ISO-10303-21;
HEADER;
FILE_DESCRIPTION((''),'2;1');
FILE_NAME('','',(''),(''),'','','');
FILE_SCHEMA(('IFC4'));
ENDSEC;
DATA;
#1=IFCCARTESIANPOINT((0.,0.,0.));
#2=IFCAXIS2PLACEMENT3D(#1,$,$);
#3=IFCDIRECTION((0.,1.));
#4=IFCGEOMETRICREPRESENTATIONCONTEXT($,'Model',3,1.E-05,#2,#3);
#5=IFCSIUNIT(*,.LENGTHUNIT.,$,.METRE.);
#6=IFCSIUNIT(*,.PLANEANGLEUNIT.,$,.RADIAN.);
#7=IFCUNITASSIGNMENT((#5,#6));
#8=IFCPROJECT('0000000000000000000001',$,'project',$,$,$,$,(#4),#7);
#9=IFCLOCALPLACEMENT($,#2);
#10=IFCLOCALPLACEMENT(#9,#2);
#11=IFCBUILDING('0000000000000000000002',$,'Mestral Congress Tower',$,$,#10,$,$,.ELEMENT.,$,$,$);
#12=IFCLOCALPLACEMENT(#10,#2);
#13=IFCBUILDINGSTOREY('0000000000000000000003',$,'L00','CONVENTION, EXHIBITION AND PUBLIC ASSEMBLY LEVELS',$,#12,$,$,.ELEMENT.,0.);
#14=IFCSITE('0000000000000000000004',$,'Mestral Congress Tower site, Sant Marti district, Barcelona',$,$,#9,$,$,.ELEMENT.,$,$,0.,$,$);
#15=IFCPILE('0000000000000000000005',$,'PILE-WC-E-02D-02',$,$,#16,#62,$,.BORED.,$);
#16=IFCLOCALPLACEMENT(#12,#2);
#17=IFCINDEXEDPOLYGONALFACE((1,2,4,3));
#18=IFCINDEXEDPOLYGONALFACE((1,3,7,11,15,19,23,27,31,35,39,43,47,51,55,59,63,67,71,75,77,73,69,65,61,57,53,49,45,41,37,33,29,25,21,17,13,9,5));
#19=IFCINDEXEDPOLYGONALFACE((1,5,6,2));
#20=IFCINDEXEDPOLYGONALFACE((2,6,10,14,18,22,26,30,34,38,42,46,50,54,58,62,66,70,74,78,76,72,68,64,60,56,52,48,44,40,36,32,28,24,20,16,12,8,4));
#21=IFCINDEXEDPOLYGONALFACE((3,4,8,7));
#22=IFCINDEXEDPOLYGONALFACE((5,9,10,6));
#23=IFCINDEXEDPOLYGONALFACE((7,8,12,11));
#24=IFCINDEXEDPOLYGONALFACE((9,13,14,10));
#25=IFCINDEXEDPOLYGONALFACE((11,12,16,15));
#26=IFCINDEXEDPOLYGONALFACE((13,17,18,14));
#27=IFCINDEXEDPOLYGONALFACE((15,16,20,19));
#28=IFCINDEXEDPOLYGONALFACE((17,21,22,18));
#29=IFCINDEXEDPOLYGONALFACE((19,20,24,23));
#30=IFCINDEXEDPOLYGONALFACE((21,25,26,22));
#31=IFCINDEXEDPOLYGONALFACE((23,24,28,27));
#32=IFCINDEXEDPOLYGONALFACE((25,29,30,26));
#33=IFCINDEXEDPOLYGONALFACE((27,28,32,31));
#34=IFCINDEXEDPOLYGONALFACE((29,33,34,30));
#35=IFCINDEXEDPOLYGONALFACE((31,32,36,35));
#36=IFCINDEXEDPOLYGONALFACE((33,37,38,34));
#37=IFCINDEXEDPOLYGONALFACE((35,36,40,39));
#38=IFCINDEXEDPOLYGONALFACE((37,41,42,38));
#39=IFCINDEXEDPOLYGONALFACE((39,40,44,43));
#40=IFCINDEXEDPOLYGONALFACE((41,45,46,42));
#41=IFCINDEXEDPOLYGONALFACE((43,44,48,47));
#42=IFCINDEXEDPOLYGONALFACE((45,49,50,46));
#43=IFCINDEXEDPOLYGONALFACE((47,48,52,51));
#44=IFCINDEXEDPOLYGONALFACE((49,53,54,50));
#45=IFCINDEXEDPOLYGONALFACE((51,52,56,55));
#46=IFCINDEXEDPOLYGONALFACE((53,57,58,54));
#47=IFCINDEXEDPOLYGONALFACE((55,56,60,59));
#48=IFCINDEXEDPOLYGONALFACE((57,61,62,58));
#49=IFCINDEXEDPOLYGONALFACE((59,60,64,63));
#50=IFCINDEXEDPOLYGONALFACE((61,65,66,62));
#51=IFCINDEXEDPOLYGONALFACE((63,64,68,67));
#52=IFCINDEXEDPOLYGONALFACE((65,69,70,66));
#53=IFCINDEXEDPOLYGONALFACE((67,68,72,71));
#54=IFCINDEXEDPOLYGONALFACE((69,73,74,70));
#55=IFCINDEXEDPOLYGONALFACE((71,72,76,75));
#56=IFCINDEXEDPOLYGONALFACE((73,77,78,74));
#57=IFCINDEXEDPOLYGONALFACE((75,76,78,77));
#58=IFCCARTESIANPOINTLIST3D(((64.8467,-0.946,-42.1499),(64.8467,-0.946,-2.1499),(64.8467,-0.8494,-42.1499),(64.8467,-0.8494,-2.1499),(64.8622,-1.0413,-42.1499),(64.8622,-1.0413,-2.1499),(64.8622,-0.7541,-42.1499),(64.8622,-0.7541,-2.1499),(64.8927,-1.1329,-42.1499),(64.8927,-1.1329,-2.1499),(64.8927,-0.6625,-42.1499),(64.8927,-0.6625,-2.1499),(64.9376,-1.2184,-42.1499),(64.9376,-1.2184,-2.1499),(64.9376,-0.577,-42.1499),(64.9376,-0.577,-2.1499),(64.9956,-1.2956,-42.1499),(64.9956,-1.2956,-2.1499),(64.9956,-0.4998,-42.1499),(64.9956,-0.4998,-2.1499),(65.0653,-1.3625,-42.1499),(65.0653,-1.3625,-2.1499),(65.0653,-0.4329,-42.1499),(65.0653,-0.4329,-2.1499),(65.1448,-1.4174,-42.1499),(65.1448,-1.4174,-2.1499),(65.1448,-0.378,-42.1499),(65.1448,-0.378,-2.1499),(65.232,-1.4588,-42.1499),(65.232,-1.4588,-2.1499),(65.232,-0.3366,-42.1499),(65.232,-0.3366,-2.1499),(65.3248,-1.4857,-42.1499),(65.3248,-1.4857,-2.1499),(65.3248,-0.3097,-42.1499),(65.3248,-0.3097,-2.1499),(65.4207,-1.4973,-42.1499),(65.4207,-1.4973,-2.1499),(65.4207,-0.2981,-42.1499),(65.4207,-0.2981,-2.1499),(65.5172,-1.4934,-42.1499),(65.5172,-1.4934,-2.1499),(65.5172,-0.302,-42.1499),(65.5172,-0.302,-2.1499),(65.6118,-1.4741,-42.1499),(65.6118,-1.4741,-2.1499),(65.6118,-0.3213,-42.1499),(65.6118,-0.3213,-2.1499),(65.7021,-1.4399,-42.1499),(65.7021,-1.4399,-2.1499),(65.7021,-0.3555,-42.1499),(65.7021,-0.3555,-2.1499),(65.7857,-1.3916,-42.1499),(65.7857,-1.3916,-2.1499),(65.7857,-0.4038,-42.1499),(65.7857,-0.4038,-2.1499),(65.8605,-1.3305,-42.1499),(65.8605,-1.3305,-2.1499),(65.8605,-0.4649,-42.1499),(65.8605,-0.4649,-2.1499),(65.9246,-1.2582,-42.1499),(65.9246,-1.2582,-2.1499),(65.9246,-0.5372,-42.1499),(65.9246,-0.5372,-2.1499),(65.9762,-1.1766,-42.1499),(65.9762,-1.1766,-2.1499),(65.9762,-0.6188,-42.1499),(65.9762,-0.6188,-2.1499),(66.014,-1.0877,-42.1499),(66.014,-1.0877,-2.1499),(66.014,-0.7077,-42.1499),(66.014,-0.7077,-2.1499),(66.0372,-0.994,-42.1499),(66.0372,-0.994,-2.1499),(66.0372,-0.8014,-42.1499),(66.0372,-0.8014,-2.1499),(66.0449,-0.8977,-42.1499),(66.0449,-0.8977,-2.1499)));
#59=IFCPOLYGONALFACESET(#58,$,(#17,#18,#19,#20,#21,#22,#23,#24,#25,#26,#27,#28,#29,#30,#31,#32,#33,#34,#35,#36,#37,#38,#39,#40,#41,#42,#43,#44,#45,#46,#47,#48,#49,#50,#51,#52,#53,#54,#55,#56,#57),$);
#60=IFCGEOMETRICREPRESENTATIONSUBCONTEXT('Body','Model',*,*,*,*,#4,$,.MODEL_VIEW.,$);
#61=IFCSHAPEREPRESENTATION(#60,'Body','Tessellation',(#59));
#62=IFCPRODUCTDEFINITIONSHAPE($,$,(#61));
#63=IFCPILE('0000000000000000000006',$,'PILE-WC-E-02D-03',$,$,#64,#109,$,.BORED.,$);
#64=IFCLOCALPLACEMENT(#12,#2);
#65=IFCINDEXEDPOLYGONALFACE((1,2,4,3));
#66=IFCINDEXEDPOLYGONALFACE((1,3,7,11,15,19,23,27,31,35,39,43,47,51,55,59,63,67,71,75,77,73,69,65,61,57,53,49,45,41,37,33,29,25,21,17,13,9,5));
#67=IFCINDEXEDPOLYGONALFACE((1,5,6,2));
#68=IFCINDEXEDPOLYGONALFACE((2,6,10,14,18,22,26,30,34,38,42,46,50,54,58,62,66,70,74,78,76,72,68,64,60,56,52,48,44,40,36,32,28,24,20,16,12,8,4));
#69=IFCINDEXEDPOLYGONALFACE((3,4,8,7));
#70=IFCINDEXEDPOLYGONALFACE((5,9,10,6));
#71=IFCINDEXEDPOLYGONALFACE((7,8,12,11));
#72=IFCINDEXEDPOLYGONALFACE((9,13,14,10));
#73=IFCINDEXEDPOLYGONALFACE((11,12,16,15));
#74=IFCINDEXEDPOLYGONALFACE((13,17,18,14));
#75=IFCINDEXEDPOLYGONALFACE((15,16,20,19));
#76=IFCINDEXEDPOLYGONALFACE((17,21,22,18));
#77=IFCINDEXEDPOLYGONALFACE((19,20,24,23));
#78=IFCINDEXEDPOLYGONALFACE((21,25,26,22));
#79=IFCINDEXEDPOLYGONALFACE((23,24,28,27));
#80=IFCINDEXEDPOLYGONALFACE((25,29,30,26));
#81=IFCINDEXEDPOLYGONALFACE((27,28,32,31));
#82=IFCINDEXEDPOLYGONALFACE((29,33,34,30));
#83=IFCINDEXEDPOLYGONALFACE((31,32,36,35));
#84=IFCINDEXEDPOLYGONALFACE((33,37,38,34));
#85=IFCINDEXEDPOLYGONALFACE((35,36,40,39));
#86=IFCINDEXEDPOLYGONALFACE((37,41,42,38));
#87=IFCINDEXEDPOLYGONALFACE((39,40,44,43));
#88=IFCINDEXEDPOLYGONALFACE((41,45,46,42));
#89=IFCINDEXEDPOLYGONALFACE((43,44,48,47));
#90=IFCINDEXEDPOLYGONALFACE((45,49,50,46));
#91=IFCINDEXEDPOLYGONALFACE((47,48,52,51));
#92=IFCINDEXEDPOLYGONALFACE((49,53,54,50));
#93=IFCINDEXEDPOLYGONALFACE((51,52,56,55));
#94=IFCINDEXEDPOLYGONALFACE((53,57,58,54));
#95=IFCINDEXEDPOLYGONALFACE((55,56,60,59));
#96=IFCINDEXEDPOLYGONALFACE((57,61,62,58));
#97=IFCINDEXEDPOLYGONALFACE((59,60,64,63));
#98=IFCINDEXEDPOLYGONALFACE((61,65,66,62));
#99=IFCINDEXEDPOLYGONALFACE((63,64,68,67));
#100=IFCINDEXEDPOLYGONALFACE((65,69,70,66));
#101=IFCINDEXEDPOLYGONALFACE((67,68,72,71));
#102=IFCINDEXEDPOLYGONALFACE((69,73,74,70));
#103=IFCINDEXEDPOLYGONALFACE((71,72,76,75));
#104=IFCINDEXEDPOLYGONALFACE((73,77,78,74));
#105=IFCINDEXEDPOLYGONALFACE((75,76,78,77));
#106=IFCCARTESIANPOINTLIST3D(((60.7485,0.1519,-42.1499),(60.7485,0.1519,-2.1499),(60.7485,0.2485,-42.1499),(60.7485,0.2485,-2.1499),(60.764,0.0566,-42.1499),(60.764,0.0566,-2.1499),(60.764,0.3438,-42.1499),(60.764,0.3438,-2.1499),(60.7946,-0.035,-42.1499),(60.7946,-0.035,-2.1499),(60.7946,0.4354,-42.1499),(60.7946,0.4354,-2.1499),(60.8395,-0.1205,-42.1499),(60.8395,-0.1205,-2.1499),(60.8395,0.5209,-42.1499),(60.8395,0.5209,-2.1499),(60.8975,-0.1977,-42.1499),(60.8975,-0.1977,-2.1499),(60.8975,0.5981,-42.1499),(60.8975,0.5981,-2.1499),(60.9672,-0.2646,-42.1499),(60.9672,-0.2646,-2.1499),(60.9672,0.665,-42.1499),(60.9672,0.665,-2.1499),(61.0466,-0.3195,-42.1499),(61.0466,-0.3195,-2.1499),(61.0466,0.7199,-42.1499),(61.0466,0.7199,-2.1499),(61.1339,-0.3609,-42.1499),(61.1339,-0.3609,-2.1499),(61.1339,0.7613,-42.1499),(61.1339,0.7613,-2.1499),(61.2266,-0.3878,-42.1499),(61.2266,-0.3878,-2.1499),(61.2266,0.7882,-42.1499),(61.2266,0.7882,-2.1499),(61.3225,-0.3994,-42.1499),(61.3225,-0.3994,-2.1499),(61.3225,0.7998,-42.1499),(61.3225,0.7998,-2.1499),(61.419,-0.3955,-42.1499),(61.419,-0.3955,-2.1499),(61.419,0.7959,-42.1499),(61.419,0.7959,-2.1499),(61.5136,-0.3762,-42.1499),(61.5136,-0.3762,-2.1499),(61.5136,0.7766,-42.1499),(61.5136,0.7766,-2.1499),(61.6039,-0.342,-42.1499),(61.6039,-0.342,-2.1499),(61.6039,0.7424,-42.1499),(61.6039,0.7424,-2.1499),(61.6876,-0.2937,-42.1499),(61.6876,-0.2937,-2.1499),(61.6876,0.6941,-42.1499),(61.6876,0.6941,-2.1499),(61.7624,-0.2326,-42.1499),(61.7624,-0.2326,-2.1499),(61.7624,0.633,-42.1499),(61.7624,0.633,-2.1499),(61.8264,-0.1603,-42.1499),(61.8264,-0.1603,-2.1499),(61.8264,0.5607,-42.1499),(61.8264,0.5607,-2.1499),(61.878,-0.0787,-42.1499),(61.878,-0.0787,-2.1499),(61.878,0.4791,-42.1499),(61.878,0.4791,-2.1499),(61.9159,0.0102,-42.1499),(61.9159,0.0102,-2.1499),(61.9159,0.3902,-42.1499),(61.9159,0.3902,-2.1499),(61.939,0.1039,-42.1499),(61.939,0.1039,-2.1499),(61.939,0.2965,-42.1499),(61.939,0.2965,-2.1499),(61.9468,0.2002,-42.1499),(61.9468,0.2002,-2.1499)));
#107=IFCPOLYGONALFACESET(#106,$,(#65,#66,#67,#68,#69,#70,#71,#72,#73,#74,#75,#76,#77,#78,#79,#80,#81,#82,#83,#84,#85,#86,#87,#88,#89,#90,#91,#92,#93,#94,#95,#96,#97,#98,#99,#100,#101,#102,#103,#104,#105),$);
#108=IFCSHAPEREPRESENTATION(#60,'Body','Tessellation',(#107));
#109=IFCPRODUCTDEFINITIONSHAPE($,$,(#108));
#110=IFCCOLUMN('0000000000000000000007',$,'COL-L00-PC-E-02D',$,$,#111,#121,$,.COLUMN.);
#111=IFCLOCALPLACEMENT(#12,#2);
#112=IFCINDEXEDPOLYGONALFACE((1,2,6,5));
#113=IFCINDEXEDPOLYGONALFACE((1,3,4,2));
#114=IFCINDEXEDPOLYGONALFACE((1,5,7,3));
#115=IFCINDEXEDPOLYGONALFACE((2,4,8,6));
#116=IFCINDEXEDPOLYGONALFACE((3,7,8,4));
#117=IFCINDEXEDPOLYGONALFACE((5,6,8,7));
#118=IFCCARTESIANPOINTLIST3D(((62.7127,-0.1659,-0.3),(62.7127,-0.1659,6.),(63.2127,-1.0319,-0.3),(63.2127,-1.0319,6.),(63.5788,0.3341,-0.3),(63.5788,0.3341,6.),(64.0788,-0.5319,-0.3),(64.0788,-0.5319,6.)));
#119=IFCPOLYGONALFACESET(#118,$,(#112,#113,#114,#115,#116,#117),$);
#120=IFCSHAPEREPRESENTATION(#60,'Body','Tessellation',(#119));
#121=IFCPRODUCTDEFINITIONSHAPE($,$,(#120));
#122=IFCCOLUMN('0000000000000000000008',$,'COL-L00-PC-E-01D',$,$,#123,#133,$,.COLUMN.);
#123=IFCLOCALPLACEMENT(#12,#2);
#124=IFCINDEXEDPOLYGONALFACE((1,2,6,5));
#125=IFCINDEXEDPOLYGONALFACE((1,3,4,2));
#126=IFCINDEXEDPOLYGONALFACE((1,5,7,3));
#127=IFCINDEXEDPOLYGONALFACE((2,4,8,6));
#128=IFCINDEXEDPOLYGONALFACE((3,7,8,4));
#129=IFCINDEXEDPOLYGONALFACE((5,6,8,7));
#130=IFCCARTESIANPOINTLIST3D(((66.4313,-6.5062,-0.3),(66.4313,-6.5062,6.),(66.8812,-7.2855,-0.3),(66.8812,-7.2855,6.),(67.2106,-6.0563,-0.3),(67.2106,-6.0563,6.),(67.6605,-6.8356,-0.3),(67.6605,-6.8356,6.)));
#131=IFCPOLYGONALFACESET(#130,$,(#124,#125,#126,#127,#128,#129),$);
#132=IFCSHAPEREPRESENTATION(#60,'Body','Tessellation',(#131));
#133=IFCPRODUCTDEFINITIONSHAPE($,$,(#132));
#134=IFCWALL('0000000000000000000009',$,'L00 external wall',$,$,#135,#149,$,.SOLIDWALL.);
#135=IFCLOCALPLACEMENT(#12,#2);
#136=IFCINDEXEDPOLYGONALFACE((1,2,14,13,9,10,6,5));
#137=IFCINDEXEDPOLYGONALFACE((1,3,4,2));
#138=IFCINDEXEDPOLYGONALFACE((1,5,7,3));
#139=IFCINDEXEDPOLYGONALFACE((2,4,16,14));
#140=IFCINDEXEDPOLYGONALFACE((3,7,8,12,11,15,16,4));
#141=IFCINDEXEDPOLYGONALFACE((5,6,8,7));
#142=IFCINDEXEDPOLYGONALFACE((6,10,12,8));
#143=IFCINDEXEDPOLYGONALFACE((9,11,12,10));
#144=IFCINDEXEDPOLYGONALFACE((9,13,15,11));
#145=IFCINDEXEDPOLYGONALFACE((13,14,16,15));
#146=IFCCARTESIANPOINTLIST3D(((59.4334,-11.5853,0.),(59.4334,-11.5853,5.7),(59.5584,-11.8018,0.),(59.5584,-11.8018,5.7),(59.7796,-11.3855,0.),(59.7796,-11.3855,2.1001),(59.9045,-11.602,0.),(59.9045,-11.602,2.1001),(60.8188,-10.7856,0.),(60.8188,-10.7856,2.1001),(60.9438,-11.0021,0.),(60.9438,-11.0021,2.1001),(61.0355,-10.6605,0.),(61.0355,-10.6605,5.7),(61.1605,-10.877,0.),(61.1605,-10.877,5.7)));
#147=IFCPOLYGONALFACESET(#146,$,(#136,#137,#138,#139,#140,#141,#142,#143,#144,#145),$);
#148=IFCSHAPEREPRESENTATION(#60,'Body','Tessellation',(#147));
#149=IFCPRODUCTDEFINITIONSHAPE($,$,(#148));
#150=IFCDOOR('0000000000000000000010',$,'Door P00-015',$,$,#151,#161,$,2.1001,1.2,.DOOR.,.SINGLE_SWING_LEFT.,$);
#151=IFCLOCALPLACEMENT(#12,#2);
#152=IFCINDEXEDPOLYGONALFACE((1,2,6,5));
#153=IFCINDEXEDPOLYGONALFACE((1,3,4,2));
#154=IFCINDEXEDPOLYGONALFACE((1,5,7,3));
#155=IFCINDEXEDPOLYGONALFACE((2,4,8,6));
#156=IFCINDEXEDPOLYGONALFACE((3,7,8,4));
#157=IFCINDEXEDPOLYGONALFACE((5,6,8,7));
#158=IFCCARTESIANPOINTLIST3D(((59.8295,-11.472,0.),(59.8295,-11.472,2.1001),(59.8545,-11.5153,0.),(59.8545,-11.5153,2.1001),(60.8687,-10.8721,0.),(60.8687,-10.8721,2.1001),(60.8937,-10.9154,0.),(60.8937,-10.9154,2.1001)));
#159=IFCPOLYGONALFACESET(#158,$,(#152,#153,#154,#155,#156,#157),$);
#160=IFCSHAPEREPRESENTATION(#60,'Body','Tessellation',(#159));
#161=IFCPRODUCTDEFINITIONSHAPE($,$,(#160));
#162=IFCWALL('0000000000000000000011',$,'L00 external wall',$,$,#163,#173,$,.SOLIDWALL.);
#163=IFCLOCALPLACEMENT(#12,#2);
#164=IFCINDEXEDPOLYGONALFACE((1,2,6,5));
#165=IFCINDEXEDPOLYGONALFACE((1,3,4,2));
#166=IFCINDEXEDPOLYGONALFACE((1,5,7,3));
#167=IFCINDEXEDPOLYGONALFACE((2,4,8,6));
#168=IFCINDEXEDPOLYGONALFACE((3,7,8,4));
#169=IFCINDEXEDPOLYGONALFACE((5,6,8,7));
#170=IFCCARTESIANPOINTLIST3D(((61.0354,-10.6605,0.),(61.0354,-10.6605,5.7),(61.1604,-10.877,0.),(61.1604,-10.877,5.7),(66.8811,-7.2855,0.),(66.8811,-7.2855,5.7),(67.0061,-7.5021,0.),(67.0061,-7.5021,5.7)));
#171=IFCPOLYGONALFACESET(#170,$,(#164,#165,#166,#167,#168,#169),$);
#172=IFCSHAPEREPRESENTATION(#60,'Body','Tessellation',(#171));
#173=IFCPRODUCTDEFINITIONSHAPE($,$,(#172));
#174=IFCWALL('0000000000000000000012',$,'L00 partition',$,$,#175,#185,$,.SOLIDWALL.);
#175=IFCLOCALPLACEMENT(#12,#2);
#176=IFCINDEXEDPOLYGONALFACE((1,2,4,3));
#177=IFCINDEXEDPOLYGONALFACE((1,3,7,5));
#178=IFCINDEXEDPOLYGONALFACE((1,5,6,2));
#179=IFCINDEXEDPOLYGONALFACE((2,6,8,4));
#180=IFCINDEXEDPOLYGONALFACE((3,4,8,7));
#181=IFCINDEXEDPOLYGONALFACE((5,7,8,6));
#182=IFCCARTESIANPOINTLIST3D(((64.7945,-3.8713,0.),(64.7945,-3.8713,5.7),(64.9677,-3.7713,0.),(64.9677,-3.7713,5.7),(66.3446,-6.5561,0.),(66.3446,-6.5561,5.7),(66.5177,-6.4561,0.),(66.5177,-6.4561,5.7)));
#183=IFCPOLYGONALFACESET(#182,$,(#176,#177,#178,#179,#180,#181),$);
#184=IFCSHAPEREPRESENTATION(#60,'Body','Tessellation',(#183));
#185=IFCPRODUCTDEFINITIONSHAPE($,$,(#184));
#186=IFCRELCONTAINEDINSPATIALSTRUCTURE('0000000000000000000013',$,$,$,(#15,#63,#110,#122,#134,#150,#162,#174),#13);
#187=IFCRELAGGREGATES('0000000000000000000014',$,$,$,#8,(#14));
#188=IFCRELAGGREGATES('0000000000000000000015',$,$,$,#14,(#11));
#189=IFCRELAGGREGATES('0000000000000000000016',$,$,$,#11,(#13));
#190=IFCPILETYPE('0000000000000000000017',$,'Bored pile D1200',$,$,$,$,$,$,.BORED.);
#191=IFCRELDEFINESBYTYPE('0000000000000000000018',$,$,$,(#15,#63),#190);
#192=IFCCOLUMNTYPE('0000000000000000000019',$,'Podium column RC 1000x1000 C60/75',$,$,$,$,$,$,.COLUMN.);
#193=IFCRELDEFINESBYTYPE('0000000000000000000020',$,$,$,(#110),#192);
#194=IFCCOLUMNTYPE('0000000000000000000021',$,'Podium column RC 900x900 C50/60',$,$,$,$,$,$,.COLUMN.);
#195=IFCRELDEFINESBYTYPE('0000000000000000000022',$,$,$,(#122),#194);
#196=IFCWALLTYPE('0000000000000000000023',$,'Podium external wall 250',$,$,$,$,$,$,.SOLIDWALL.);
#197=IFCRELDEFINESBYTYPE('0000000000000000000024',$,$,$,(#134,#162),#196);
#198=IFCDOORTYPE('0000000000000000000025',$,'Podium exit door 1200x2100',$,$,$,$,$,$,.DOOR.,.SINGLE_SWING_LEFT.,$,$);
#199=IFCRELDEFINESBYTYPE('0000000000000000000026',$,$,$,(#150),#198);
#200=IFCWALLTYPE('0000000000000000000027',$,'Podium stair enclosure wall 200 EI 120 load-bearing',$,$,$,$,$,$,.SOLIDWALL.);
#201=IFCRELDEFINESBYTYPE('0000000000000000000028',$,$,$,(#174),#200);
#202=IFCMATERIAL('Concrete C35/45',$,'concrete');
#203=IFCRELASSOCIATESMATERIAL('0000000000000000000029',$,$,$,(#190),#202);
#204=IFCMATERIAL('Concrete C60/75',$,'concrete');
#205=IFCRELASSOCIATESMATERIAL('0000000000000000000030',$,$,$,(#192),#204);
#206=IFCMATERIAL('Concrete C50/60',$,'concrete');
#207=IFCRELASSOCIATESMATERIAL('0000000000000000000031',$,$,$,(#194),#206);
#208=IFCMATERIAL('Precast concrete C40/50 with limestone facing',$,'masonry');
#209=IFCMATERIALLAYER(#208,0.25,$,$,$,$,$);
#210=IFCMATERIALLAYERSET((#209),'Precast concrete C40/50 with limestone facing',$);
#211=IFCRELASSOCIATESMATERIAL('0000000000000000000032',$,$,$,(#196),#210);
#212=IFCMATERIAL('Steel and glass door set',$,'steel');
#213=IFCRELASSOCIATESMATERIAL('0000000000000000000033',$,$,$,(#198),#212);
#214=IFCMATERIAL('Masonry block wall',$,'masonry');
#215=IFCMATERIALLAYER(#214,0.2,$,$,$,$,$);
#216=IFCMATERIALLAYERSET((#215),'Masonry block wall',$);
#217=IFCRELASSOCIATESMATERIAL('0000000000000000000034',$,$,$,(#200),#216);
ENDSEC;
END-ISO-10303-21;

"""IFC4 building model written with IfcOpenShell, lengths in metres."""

from ifc_helpers import new_model, si_unit, direction, frame, frame_2d, origin, origin_2d, place, context, subcontext, project, spatial, rectangle, circle, extrude, material, layer, layer_set, material_profile, profile_set, type_object, element, fill, save


model = new_model("IFC4")

# Units and contexts
model_context = context("Model", 3, precision=1e-05, world=origin(), true_north=direction((0.0, 1.0)))
body_context = subcontext(model_context, "Body", "Model", "MODEL_VIEW")
ifc_project = project(units=[si_unit("LENGTHUNIT", "METRE"), si_unit("PLANEANGLEUNIT", "RADIAN")], contexts=[model_context])

# Site, building, storey
site_placement = place(None, origin())
site = spatial("IfcSite", under=ifc_project, at=site_placement, Name="Mestral Congress Tower site, Sant Marti district, Barcelona", CompositionType="ELEMENT", RefElevation=0.0)
building_placement = place(site_placement, origin())
building = spatial("IfcBuilding", under=site, at=building_placement, Name="Mestral Congress Tower", CompositionType="ELEMENT")
storey_placement = place(building_placement, origin())
storey = spatial("IfcBuildingStorey", under=building, at=storey_placement, Name="L00", Description="CONVENTION, EXHIBITION AND PUBLIC ASSEMBLY LEVELS", CompositionType="ELEMENT", Elevation=0.0)

# Piles
ifc_material_1 = material(Name="Concrete C35/45", Category="concrete")
ifc_material_profile_1 = material_profile(ifc_material_1, circle(Radius=0.6001, at=origin_2d()), Name="D1200")
ifc_profile_set_1 = profile_set([ifc_material_profile_1], Name="Concrete C35/45")
pile_type = type_object("IfcPileType", Name="Bored pile D1200", PredefinedType="BORED", material=ifc_profile_set_1)
for number, where, z_axis, x_axis, name in (
    (1, (65.4448, -0.8977, -2.1499), (0.0, 0.0, -1.0), (1.0, 0.0, 0.0), "PILE-WC-E-02D-02"),
    (2, (61.3467, 0.2002, -2.1499), (0.0, 0.0, -1.0), (1.0, 0.0, 0.0), "PILE-WC-E-02D-03"),
):
    element("IfcPile", number, at=place(storey_placement, frame(where, z_axis=z_axis, x_axis=x_axis)), inside=storey, type_object=pile_type, Name=name, PredefinedType="BORED", context=body_context, shape_type="SweptSolid", body=[
        extrude(circle(Radius=0.6001, at=origin_2d()), origin(), (0.0, 0.0, 1.0), 40.0),
    ])

# Columns
ifc_material_2 = material(Name="Concrete C60/75", Category="concrete")
ifc_material_profile_2 = material_profile(ifc_material_2, rectangle(XDim=1.0, YDim=1.0, at=origin_2d()), Name="RC 1000x1000")
ifc_profile_set_2 = profile_set([ifc_material_profile_2], Name="Concrete C60/75")
column_type_1 = type_object("IfcColumnType", Name="Podium column RC 1000x1000 C60/75", PredefinedType="COLUMN", material=ifc_profile_set_2)
column_1_placement = place(storey_placement, frame((63.3958, -0.3489, -0.3), z_axis=(0.0, 0.0, 1.0), x_axis=(-0.5, 0.866025, 0.0)))
element("IfcColumn", 3, at=column_1_placement, inside=storey, type_object=column_type_1, Name="COL-L00-PC-E-02D", PredefinedType="COLUMN", context=body_context, shape_type="SweptSolid", body=[
    extrude(rectangle(XDim=1.0, YDim=1.0, at=origin_2d()), origin(), (0.0, 0.0, 1.0), 6.3),
])
ifc_material_3 = material(Name="Concrete C50/60", Category="concrete")
ifc_material_profile_3 = material_profile(ifc_material_3, rectangle(XDim=0.8999, YDim=0.8999, at=origin_2d()), Name="RC 900x900")
ifc_profile_set_3 = profile_set([ifc_material_profile_3], Name="Concrete C50/60")
column_type_2 = type_object("IfcColumnType", Name="Podium column RC 900x900 C50/60", PredefinedType="COLUMN", material=ifc_profile_set_3)
column_2_placement = place(storey_placement, frame((67.0459, -6.6709, -0.3), z_axis=(0.0, 0.0, 1.0), x_axis=(-0.5, 0.866025, 0.0)))
element("IfcColumn", 4, at=column_2_placement, inside=storey, type_object=column_type_2, Name="COL-L00-PC-E-01D", PredefinedType="COLUMN", context=body_context, shape_type="SweptSolid", body=[
    extrude(rectangle(XDim=0.8999, YDim=0.8999, at=origin_2d()), origin(), (0.0, 0.0, 1.0), 6.3),
])

# Wall, opening, door
ifc_material_4 = material(Name="Precast concrete C40/50 with limestone facing", Category="masonry")
ifc_layer_1 = layer(ifc_material_4, 0.25)
ifc_layer_set_1 = layer_set([ifc_layer_1], Name="Precast concrete C40/50 with limestone facing")
wall_type_1 = type_object("IfcWallType", Name="Podium external wall 250", PredefinedType="SOLIDWALL", material=ifc_layer_set_1)
wall_1_placement = place(storey_placement, frame((61.0979, -10.7688, 0.0), z_axis=(0.0, 0.0, 1.0), x_axis=(-0.866058, -0.499943, 0.0)))
wall_1 = element("IfcWall", 5, at=wall_1_placement, inside=storey, type_object=wall_type_1, Name="L00 external wall", PredefinedType="SOLIDWALL", context=body_context, shape_type="SweptSolid", body=[
    extrude(rectangle(XDim=1.8499, YDim=0.25, at=frame_2d((0.9248, 0.0))), origin(), (0.0, 0.0, 1.0), 5.7),
])
opening_1_placement = place(wall_1_placement, frame((0.25, 0.0, 0.0)))
opening_1 = element("IfcOpeningElement", 6, at=opening_1_placement, cuts=wall_1, PredefinedType="OPENING", context=body_context, shape_type="SweptSolid", body=[
    extrude(rectangle(XDim=1.2, YDim=2.1001, at=frame_2d((0.6001, 1.05))), frame((0.0, 0.135, 0.0), z_axis=(0.0, -1.0, 0.0), x_axis=(1.0, 0.0, 0.0)), (0.0, 0.0, 1.0), 0.27),
])
ifc_material_5 = material(Name="Steel and glass door set", Category="steel")
door_type_1 = type_object("IfcDoorType", Name="Podium exit door 1200x2100", OperationType="SINGLE_SWING_LEFT", PredefinedType="DOOR", material=ifc_material_5)
door_1_placement = place(opening_1_placement, origin())
door_1 = element("IfcDoor", 7, at=door_1_placement, inside=storey, type_object=door_type_1, Name="Door P00-015", OperationType="SINGLE_SWING_LEFT", OverallHeight=2.1001, OverallWidth=1.2, PredefinedType="DOOR", context=body_context, shape_type="SweptSolid", body=[
    extrude(rectangle(XDim=1.2, YDim=2.1001, at=frame_2d((0.6001, 1.05))), frame((0.0, 0.0249, 0.0), z_axis=(0.0, -1.0, 0.0), x_axis=(1.0, 0.0, 0.0)), (0.0, 0.0, 1.0), 0.05),
])
fill(opening_1, door_1)

# Walls
wall_2_placement = place(storey_placement, frame((66.9436, -7.3938, 0.0), z_axis=(0.0, 0.0, 1.0), x_axis=(-0.866027, -0.499998, 0.0)))
element("IfcWall", 8, at=wall_2_placement, inside=storey, type_object=wall_type_1, Name="L00 external wall", PredefinedType="SOLIDWALL", context=body_context, shape_type="SweptSolid", body=[
    extrude(rectangle(XDim=6.75, YDim=0.25, at=frame_2d((3.375, 0.0))), origin(), (0.0, 0.0, 1.0), 5.7),
])
ifc_material_6 = material(Name="Masonry block wall", Category="masonry")
ifc_layer_2 = layer(ifc_material_6, 0.2)
ifc_layer_set_2 = layer_set([ifc_layer_2], Name="Masonry block wall")
wall_type_2 = type_object("IfcWallType", Name="Podium stair enclosure wall 200 EI 120 load-bearing", PredefinedType="SOLIDWALL", material=ifc_layer_set_2)
wall_3_placement = place(storey_placement, frame((66.4312, -6.5061, 0.0), z_axis=(0.0, 0.0, 1.0), x_axis=(-0.499993, 0.86603, 0.0)))
element("IfcWall", 9, at=wall_3_placement, inside=storey, type_object=wall_type_2, Name="L00 partition", PredefinedType="SOLIDWALL", context=body_context, shape_type="SweptSolid", body=[
    extrude(rectangle(XDim=3.1001, YDim=0.2, at=frame_2d((1.55, 0.0))), origin(), (0.0, 0.0, 1.0), 5.7),
])

save(model, "model.ifc")
